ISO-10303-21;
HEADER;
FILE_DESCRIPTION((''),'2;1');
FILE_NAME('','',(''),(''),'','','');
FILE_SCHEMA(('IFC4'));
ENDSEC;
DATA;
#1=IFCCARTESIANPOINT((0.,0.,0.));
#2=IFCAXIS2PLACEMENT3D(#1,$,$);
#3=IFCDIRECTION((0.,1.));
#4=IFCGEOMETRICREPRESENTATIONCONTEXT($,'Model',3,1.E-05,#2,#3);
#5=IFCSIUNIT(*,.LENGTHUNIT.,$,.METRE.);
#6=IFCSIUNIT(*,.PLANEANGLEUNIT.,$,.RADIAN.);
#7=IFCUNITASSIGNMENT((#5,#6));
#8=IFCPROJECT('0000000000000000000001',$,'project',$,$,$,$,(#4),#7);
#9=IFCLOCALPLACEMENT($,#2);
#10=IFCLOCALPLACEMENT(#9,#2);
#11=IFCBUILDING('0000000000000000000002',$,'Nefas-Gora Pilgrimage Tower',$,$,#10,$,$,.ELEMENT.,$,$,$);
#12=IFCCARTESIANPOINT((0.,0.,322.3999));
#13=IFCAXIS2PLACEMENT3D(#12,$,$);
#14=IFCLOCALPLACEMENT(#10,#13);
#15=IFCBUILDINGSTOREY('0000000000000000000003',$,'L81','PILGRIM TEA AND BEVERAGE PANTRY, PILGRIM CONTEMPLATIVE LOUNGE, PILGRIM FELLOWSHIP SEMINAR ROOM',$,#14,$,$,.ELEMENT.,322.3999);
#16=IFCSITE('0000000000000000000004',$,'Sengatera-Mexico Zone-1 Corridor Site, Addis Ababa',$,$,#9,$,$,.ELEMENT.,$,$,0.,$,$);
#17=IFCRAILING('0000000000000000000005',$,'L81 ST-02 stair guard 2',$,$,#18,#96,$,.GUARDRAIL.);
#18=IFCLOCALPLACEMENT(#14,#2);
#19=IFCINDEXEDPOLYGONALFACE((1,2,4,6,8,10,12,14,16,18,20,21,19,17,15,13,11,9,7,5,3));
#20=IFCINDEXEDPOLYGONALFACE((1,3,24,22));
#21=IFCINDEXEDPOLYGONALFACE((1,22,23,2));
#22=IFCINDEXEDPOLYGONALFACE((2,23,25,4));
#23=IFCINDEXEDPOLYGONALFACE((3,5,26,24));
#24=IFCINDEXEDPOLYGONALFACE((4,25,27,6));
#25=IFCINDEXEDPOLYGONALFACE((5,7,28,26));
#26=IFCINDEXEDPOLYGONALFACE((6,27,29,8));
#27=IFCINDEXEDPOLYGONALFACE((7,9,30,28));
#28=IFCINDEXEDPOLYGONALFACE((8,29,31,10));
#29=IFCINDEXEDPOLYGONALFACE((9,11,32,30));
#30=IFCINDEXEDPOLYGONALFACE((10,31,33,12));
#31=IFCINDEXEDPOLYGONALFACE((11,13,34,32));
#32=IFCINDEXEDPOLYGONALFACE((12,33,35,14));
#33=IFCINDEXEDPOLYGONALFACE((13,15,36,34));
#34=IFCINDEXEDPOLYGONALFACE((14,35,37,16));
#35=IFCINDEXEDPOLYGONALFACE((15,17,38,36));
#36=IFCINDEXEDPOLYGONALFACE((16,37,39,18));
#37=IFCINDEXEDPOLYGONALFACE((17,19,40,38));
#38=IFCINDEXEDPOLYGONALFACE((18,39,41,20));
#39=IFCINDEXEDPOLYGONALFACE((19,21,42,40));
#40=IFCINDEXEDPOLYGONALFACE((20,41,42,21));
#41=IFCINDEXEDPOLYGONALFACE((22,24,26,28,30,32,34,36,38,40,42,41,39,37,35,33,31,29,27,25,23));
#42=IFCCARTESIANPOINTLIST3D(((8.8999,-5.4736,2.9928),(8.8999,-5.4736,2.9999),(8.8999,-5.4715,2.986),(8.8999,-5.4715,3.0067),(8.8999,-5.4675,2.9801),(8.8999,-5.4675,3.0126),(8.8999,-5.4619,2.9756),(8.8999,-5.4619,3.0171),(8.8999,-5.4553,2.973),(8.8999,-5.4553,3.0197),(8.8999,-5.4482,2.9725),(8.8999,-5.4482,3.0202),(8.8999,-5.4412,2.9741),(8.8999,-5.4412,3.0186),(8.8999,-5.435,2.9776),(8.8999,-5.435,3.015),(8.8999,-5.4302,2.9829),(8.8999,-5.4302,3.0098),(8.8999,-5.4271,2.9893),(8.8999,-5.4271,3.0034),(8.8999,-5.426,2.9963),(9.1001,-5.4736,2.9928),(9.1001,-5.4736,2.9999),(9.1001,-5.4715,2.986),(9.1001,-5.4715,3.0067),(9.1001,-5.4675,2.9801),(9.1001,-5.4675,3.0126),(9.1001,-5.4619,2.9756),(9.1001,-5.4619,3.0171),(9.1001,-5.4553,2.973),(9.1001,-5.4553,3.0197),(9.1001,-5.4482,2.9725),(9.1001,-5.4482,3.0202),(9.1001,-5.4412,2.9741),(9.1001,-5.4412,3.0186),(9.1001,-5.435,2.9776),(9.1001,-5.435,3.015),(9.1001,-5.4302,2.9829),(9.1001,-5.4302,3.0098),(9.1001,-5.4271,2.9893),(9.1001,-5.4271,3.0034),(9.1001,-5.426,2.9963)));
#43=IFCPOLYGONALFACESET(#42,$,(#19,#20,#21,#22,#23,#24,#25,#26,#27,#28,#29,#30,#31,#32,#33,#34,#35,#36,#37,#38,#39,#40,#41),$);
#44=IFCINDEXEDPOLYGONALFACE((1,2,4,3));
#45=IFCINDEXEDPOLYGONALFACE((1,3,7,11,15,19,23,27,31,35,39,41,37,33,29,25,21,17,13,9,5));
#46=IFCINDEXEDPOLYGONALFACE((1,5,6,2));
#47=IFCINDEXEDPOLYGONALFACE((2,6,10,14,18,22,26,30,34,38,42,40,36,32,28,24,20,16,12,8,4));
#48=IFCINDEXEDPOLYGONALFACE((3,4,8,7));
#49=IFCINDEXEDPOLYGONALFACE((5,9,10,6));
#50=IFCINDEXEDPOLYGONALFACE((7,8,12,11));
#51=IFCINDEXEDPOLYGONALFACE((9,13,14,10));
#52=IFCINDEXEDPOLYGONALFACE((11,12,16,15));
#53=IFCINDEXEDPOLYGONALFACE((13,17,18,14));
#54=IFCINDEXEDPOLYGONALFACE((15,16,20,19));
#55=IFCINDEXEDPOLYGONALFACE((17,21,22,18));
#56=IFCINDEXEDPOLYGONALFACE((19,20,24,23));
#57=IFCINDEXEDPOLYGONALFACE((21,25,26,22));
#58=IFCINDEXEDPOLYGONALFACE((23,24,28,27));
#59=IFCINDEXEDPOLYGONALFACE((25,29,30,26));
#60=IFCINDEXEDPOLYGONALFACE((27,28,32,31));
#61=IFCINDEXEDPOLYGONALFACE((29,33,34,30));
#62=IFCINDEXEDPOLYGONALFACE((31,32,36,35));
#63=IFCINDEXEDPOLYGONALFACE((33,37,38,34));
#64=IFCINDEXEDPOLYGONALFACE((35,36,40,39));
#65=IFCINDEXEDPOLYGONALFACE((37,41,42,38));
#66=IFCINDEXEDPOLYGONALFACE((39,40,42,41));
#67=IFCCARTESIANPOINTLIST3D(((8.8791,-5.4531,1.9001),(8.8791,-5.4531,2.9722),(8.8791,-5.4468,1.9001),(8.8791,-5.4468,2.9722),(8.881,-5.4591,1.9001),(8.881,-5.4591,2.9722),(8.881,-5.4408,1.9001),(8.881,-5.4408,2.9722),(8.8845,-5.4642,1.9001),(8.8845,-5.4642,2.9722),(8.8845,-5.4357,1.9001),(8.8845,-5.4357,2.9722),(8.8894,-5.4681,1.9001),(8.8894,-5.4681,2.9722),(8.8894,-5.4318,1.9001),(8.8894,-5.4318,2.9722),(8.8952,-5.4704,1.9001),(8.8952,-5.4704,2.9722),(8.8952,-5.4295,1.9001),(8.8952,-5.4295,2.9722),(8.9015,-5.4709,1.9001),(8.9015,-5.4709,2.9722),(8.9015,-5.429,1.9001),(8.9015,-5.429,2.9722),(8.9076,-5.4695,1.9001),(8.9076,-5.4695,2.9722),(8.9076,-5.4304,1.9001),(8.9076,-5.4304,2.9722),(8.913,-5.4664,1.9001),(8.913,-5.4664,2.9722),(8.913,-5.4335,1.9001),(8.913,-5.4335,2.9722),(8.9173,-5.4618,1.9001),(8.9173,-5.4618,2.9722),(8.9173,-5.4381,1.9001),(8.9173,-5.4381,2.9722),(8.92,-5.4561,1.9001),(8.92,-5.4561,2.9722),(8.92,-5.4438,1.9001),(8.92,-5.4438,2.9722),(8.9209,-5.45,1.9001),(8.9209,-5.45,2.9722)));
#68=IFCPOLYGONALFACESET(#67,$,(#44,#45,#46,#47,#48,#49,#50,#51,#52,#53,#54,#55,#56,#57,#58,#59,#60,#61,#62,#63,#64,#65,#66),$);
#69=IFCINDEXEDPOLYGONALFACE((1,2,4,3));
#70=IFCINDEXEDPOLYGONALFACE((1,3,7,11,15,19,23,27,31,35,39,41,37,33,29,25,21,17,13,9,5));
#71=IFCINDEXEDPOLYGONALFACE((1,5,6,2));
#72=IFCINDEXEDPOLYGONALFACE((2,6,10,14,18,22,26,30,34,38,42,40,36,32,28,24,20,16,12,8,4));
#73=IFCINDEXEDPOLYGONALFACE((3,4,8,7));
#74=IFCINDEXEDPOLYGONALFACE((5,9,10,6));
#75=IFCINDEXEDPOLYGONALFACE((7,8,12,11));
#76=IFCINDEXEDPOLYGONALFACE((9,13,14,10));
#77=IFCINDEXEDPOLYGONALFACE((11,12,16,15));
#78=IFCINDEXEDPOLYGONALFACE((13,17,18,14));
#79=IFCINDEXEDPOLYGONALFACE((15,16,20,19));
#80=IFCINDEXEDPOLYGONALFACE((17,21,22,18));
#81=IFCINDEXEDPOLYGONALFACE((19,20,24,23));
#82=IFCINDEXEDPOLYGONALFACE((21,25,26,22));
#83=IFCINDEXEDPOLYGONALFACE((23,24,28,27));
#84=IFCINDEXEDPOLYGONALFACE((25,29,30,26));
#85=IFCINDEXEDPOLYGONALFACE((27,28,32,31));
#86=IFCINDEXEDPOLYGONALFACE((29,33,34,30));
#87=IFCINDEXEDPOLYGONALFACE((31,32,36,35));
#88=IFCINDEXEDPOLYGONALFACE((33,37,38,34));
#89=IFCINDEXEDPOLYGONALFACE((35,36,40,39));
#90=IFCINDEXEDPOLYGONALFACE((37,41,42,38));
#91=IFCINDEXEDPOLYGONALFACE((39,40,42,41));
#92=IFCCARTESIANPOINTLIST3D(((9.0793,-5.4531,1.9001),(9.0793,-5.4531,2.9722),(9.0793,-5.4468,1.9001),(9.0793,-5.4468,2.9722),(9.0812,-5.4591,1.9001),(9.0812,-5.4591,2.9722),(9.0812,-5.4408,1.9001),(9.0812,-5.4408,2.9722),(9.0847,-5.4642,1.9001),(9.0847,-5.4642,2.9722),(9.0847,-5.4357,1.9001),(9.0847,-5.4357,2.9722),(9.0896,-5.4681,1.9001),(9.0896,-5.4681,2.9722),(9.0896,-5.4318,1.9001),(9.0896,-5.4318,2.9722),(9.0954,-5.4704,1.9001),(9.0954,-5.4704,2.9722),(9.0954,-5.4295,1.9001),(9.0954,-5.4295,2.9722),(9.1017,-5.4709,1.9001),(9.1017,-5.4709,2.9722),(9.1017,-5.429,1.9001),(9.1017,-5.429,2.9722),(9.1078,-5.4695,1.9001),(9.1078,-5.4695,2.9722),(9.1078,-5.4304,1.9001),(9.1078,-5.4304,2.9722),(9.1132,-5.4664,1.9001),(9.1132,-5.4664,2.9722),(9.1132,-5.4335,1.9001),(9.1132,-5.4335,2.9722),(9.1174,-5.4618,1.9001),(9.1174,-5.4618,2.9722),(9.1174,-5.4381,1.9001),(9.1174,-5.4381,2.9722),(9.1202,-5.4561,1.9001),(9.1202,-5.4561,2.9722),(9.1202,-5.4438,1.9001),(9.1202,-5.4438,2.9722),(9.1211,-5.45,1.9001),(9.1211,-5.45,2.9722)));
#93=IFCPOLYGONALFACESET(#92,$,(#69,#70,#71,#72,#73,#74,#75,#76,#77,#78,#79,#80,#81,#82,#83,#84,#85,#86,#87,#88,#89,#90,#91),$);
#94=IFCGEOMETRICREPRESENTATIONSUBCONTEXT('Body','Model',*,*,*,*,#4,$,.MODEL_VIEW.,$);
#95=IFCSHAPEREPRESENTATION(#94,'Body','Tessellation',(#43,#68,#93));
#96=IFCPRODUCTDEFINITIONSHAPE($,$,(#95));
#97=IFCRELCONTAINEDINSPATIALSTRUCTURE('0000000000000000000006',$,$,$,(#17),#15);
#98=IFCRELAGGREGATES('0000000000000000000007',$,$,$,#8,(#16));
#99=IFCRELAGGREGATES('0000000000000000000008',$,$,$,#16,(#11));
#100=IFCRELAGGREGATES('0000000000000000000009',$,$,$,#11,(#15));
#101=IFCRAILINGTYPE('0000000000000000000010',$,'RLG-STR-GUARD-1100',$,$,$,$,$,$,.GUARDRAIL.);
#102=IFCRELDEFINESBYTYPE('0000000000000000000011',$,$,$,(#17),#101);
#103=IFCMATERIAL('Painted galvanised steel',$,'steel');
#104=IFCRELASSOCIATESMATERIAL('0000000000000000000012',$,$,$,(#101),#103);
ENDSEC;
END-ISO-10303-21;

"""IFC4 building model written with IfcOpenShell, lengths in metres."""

from ifc_helpers import new_model, si_unit, direction, frame, origin, origin_2d, place, context, subcontext, project, spatial, circle, extrude, material, type_object, element, save


model = new_model("IFC4")

# Units and contexts
model_context = context("Model", 3, precision=1e-05, world=origin(), true_north=direction((0.0, 1.0)))
body_context = subcontext(model_context, "Body", "Model", "MODEL_VIEW")
ifc_project = project(units=[si_unit("LENGTHUNIT", "METRE"), si_unit("PLANEANGLEUNIT", "RADIAN")], contexts=[model_context])

# Site, building, storey
site_placement = place(None, origin())
site = spatial("IfcSite", under=ifc_project, at=site_placement, Name="Sengatera-Mexico Zone-1 Corridor Site, Addis Ababa", CompositionType="ELEMENT", RefElevation=0.0)
building_placement = place(site_placement, origin())
building = spatial("IfcBuilding", under=site, at=building_placement, Name="Nefas-Gora Pilgrimage Tower", CompositionType="ELEMENT")
storey_placement = place(building_placement, frame((0.0, 0.0, 322.3999)))
storey = spatial("IfcBuildingStorey", under=building, at=storey_placement, Name="L81", Description="PILGRIM TEA AND BEVERAGE PANTRY, PILGRIM CONTEMPLATIVE LOUNGE, PILGRIM FELLOWSHIP SEMINAR ROOM", CompositionType="ELEMENT", Elevation=322.3999)

# Railing
ifc_material_1 = material(Name="Painted galvanised steel", Category="steel")
railing_type_1 = type_object("IfcRailingType", Name="RLG-STR-GUARD-1100", PredefinedType="GUARDRAIL", material=ifc_material_1)
railing_1_placement = place(storey_placement, frame((8.8999, -5.45, 1.9001)))
element("IfcRailing", 1, at=railing_1_placement, inside=storey, type_object=railing_type_1, Name="L81 ST-02 stair guard 2", PredefinedType="GUARDRAIL", context=body_context, shape_type="SweptSolid", body=[
    extrude(circle(Radius=0.0239, at=origin_2d()), frame((0.0, 0.0, 1.0962), z_axis=(1.0, 0.0, 0.0), x_axis=(0.0, 1.0, 0.0)), (0.0, 0.0, 1.0), 0.2002),
    extrude(circle(Radius=0.021, at=origin_2d()), origin(), (0.0, 0.0, 1.0), 1.072),
    extrude(circle(Radius=0.021, at=origin_2d()), frame((0.2002, 0.0, 0.0)), (0.0, 0.0, 1.0), 1.072),
])

save(model, "model.ifc")
